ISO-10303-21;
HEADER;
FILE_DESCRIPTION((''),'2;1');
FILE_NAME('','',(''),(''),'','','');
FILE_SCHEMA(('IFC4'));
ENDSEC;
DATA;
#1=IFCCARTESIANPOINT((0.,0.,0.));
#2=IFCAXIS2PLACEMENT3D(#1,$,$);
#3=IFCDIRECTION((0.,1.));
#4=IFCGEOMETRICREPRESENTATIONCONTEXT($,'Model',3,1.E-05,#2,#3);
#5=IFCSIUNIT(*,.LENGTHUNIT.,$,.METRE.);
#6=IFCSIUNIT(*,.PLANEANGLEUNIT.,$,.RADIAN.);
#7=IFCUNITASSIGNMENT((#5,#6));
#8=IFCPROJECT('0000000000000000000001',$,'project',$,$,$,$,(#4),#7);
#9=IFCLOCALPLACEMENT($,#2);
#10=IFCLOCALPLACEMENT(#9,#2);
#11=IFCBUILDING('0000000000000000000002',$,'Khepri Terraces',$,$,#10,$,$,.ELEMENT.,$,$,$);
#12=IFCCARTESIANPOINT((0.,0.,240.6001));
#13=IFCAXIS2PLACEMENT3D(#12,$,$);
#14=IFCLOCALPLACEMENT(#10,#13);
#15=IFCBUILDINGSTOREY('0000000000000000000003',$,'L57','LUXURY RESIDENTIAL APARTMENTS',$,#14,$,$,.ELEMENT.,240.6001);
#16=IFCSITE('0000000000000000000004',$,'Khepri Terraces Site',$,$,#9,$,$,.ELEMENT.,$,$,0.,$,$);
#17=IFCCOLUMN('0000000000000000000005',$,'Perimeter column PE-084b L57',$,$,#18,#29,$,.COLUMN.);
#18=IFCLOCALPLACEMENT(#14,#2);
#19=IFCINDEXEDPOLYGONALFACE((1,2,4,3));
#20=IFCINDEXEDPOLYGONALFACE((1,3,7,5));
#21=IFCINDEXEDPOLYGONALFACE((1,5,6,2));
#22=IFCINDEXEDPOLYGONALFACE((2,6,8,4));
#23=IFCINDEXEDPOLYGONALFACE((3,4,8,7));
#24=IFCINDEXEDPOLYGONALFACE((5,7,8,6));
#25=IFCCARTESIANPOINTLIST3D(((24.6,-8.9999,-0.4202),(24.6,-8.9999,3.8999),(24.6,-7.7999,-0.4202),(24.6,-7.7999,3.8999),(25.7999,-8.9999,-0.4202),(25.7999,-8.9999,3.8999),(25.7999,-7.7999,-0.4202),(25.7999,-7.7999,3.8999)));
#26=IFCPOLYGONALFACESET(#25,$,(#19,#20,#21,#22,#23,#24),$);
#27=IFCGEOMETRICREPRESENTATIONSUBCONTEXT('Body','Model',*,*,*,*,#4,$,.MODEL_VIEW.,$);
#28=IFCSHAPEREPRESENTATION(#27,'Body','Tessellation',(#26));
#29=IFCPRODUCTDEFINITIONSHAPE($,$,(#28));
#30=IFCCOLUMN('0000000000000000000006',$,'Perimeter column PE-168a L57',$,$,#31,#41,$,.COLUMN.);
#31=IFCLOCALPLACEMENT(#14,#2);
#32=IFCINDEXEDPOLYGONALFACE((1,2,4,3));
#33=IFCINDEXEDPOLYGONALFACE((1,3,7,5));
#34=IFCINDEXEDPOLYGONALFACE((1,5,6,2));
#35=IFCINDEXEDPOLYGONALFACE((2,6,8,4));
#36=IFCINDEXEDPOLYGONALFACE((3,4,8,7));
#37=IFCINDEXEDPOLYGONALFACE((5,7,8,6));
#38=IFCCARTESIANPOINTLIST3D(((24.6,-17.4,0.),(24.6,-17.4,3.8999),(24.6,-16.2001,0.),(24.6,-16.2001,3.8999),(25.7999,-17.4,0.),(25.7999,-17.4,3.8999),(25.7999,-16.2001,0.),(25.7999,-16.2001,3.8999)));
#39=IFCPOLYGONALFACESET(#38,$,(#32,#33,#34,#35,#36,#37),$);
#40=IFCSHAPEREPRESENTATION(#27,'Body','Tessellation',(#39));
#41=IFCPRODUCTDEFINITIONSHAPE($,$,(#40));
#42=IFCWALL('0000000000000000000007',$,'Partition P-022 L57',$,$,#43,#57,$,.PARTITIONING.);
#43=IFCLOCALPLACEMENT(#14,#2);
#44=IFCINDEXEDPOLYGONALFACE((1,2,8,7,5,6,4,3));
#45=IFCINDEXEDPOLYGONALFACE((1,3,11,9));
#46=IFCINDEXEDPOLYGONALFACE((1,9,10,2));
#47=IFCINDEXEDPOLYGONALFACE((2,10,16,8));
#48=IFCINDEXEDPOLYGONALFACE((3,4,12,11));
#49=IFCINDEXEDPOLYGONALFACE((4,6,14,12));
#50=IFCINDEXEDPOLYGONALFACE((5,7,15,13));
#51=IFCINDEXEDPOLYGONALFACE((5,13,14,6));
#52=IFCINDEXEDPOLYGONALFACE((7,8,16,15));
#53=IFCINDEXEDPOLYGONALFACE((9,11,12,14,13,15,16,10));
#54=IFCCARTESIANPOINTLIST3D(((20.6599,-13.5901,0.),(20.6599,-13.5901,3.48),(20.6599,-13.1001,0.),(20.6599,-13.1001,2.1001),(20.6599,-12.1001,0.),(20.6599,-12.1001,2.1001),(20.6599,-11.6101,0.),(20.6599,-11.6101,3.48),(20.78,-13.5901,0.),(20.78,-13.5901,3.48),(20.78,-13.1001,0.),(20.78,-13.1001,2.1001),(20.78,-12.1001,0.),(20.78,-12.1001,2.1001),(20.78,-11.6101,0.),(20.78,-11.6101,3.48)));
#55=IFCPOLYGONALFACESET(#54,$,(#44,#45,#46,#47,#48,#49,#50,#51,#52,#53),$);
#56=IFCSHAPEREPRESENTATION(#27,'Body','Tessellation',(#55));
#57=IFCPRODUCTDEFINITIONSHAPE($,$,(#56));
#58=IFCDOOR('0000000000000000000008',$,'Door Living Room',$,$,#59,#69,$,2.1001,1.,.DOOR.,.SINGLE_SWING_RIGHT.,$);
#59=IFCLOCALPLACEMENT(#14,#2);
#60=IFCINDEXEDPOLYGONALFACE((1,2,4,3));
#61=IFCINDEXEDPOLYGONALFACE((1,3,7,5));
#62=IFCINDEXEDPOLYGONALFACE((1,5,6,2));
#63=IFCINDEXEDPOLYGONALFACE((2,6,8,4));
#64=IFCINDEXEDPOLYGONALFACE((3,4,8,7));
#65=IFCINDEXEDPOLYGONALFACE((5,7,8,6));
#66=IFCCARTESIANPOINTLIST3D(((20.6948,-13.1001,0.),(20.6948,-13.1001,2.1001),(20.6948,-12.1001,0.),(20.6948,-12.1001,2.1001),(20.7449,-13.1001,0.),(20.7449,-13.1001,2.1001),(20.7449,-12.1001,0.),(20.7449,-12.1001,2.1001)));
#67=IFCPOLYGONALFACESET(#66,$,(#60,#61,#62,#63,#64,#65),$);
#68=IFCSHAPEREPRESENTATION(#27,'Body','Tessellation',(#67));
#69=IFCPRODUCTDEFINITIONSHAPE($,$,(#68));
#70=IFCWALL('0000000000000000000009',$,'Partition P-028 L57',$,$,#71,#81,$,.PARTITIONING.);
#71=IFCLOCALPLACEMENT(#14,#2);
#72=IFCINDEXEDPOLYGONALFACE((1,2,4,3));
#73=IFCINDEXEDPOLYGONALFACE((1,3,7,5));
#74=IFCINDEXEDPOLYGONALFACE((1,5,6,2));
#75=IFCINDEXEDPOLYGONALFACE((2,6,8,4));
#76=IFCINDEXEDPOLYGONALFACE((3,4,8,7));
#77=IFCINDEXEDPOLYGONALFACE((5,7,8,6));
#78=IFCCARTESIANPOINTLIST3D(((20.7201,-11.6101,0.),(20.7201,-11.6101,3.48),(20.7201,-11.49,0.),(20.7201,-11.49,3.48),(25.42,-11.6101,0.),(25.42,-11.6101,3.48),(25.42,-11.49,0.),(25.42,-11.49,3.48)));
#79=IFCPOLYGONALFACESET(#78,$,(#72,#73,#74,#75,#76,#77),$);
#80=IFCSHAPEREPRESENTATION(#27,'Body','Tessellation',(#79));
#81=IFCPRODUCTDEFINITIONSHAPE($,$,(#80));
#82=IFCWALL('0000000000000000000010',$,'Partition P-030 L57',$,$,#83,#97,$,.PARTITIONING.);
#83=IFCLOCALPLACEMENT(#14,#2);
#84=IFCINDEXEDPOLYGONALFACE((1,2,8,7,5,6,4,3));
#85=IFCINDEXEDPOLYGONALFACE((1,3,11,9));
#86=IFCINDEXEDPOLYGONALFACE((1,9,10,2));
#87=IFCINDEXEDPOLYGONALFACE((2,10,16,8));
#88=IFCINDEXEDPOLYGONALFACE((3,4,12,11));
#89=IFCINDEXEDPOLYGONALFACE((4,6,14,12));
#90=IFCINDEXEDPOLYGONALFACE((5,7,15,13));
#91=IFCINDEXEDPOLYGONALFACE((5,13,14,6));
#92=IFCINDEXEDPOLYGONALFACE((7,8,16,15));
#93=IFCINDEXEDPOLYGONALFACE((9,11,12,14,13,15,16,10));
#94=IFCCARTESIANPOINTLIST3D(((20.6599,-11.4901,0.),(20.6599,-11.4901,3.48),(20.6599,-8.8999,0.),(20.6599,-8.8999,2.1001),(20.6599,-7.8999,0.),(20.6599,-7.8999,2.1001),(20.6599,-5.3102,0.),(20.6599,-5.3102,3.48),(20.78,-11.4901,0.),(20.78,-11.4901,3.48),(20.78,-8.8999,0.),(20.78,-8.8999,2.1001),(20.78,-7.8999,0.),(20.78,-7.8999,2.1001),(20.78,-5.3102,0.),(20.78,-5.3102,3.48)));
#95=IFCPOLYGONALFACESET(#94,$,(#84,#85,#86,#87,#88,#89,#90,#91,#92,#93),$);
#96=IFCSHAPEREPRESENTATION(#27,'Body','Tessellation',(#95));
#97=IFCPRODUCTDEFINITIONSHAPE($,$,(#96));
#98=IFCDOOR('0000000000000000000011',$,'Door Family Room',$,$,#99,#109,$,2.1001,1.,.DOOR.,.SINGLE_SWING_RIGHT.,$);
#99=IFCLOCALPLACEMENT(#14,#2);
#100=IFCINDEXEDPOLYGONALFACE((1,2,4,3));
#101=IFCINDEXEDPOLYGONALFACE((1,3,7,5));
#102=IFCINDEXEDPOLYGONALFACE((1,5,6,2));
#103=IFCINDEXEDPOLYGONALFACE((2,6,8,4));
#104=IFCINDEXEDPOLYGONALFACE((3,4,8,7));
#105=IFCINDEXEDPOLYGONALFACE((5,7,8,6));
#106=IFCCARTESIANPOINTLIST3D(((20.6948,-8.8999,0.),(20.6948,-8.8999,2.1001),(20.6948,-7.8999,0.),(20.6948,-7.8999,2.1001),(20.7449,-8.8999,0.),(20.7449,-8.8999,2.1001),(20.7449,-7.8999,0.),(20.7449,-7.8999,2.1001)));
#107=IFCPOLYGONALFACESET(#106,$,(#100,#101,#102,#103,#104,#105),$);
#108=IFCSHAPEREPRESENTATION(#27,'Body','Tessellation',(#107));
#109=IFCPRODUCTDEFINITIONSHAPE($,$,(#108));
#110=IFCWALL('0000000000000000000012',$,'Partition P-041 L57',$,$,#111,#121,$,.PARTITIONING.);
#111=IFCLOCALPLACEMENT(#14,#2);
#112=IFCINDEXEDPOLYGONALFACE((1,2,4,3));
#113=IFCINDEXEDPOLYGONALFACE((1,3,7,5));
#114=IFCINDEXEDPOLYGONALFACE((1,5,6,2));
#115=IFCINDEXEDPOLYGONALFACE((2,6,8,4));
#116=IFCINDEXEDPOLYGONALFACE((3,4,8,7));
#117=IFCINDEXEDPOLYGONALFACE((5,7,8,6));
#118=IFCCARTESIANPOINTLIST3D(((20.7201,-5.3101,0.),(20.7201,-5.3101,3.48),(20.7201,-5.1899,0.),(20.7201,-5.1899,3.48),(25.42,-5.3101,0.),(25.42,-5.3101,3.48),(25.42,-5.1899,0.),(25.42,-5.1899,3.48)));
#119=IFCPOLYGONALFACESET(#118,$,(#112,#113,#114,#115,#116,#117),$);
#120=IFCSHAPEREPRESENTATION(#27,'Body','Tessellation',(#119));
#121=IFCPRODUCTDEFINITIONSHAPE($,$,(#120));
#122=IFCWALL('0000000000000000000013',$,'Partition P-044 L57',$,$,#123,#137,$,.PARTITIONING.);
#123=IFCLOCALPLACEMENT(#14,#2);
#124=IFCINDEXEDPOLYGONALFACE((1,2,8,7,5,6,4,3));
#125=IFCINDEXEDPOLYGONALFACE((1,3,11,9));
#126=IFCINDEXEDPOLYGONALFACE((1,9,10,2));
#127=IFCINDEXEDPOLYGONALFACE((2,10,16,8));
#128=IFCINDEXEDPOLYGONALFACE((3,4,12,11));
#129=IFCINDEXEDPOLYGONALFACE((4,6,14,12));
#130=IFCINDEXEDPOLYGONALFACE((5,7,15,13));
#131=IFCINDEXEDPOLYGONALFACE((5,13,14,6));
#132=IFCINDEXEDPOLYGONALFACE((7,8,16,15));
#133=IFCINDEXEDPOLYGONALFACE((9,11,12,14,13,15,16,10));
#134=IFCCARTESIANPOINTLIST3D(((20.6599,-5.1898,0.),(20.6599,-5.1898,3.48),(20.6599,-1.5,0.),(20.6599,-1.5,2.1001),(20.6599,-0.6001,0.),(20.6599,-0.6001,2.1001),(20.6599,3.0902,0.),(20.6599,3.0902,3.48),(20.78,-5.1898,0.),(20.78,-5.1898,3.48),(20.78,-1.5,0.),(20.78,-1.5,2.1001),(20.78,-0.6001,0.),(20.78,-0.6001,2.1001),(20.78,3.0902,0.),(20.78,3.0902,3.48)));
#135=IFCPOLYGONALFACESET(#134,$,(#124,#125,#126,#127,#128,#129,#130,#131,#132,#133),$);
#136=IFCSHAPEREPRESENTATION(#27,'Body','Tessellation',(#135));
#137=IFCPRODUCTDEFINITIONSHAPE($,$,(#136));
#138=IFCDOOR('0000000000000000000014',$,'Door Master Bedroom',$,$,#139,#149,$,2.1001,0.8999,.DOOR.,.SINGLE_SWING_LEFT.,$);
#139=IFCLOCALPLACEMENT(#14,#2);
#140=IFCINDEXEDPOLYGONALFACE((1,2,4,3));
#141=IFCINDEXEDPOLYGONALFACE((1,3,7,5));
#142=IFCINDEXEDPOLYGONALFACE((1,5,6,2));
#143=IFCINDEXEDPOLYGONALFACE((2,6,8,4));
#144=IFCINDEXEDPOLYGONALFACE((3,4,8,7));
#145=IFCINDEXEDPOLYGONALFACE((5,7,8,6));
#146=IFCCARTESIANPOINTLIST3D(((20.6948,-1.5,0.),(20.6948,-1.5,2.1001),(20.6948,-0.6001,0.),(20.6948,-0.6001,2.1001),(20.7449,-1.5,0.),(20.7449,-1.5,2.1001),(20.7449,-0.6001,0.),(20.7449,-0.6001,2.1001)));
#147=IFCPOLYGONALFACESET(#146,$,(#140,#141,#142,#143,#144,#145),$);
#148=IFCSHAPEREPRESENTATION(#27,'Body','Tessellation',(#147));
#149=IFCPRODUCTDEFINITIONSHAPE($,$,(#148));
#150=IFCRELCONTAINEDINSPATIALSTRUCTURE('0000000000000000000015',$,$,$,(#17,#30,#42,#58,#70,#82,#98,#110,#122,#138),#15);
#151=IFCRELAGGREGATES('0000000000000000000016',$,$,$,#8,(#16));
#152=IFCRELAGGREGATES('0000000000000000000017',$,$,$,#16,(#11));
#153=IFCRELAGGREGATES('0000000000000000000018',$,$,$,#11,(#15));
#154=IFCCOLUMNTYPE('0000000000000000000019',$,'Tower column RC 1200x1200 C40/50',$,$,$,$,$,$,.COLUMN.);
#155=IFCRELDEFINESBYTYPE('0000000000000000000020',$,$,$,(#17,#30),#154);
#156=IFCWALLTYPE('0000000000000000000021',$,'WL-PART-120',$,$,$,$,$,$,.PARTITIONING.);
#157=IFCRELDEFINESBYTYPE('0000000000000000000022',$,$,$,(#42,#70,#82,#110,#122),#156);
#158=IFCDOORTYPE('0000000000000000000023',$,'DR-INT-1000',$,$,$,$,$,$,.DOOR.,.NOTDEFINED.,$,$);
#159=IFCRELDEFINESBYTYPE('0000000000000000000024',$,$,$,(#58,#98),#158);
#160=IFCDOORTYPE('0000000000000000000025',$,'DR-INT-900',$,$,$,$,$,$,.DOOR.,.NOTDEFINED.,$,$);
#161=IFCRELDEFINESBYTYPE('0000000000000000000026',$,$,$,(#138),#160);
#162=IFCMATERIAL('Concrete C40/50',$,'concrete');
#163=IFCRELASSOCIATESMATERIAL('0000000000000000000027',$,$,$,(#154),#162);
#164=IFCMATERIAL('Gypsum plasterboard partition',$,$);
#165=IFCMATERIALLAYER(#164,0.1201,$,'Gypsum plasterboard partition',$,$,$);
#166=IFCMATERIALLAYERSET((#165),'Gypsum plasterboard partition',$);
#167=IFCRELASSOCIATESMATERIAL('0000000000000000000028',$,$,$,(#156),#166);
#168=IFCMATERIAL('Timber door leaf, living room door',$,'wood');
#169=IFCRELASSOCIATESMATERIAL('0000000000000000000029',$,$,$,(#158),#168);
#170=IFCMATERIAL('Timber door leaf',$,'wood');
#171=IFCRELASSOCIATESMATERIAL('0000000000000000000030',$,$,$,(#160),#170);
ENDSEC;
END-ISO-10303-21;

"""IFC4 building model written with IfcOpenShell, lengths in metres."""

from ifc_helpers import new_model, si_unit, direction, frame, frame_2d, origin, origin_2d, place, context, subcontext, project, spatial, rectangle, extrude, material, layer, layer_set, material_profile, profile_set, type_object, element, fill, save


model = new_model("IFC4")

# Units and contexts
model_context = context("Model", 3, precision=1e-05, world=origin(), true_north=direction((0.0, 1.0)))
body_context = subcontext(model_context, "Body", "Model", "MODEL_VIEW")
ifc_project = project(units=[si_unit("LENGTHUNIT", "METRE"), si_unit("PLANEANGLEUNIT", "RADIAN")], contexts=[model_context])

# Site, building, storey
site_placement = place(None, origin())
site = spatial("IfcSite", under=ifc_project, at=site_placement, Name="Khepri Terraces Site", CompositionType="ELEMENT", RefElevation=0.0)
building_placement = place(site_placement, origin())
building = spatial("IfcBuilding", under=site, at=building_placement, Name="Khepri Terraces", CompositionType="ELEMENT")
storey_placement = place(building_placement, frame((0.0, 0.0, 240.6001)))
storey = spatial("IfcBuildingStorey", under=building, at=storey_placement, Name="L57", Description="LUXURY RESIDENTIAL APARTMENTS", CompositionType="ELEMENT", Elevation=240.6001)

# Columns
ifc_material_1 = material(Name="Concrete C40/50", Category="concrete")
ifc_material_profile = material_profile(ifc_material_1, rectangle(XDim=1.2, YDim=1.2, at=origin_2d()), Name="Concrete C40/50", Category="concrete")
ifc_profile_set = profile_set([ifc_material_profile], Name="Concrete C40/50")
column_type = type_object("IfcColumnType", Name="Tower column RC 1200x1200 C40/50", PredefinedType="COLUMN", material=ifc_profile_set)
column_1_placement = place(storey_placement, frame((25.2, -8.3999, -0.4202), z_axis=(0.0, 0.0, 1.0), x_axis=(1.0, 0.0, 0.0)))
element("IfcColumn", 1, at=column_1_placement, inside=storey, type_object=column_type, Name="Perimeter column PE-084b L57", PredefinedType="COLUMN", context=body_context, shape_type="SweptSolid", body=[
    extrude(rectangle(XDim=1.2, YDim=1.2, at=origin_2d()), origin(), (0.0, 0.0, 1.0), 4.3201),
])
column_2_placement = place(storey_placement, frame((25.2, -16.8, 0.0), z_axis=(0.0, 0.0, 1.0), x_axis=(1.0, 0.0, 0.0)))
element("IfcColumn", 2, at=column_2_placement, inside=storey, type_object=column_type, Name="Perimeter column PE-168a L57", PredefinedType="COLUMN", context=body_context, shape_type="SweptSolid", body=[
    extrude(rectangle(XDim=1.2, YDim=1.2, at=origin_2d()), origin(), (0.0, 0.0, 1.0), 3.8999),
])

# Wall, opening, door
ifc_material_2 = material(Name="Gypsum plasterboard partition")
ifc_layer_1 = layer(ifc_material_2, 0.1201, Name="Gypsum plasterboard partition")
ifc_layer_set_1 = layer_set([ifc_layer_1], Name="Gypsum plasterboard partition")
wall_type_1 = type_object("IfcWallType", Name="WL-PART-120", PredefinedType="PARTITIONING", material=ifc_layer_set_1)
wall_1_placement = place(storey_placement, frame((20.72, -13.5901, 0.0), z_axis=(0.0, 0.0, 1.0), x_axis=(0.0, 1.0, 0.0)))
wall_1 = element("IfcWall", 3, at=wall_1_placement, inside=storey, type_object=wall_type_1, Name="Partition P-022 L57", PredefinedType="PARTITIONING", context=body_context, shape_type="SweptSolid", body=[
    extrude(rectangle(XDim=1.98, YDim=0.1201, at=frame_2d((0.99, 0.0))), origin(), (0.0, 0.0, 1.0), 3.48),
])
opening_1_placement = place(wall_1_placement, frame((0.49, 0.0, 0.0)))
opening_1 = element("IfcOpeningElement", 4, at=opening_1_placement, cuts=wall_1, PredefinedType="OPENING", context=body_context, shape_type="SweptSolid", body=[
    extrude(rectangle(XDim=1.0, YDim=2.1001, at=frame_2d((0.5, 1.05))), frame((0.0, 0.0701, 0.0), z_axis=(0.0, -1.0, 0.0), x_axis=(1.0, 0.0, 0.0)), (0.0, 0.0, 1.0), 0.1401),
])
ifc_material_3 = material(Name="Timber door leaf, living room door", Category="wood")
door_type_1 = type_object("IfcDoorType", Name="DR-INT-1000", OperationType="NOTDEFINED", PredefinedType="DOOR", material=ifc_material_3)
door_1_placement = place(opening_1_placement, frame((1.0, 0.0, 0.0), z_axis=(0.0, 0.0, 1.0), x_axis=(-1.0, 0.0, 0.0)))
door_1 = element("IfcDoor", 5, at=door_1_placement, inside=storey, type_object=door_type_1, Name="Door Living Room", OperationType="SINGLE_SWING_RIGHT", OverallHeight=2.1001, OverallWidth=1.0, PredefinedType="DOOR", context=body_context, shape_type="SweptSolid", body=[
    extrude(rectangle(XDim=1.0, YDim=2.1001, at=frame_2d((0.5, 1.05))), frame((0.0, 0.0249, 0.0), z_axis=(0.0, -1.0, 0.0), x_axis=(1.0, 0.0, 0.0)), (0.0, 0.0, 1.0), 0.05),
])
fill(opening_1, door_1)

# Wall
wall_2_placement = place(storey_placement, frame((20.72, -11.55, 0.0), z_axis=(0.0, 0.0, 1.0), x_axis=(1.0, 0.0, 0.0)))
element("IfcWall", 6, at=wall_2_placement, inside=storey, type_object=wall_type_1, Name="Partition P-028 L57", PredefinedType="PARTITIONING", context=body_context, shape_type="SweptSolid", body=[
    extrude(rectangle(XDim=4.7, YDim=0.1201, at=frame_2d((2.3501, 0.0))), origin(), (0.0, 0.0, 1.0), 3.48),
])

# Wall, opening, door
wall_3_placement = place(storey_placement, frame((20.72, -11.49, 0.0), z_axis=(0.0, 0.0, 1.0), x_axis=(0.0, 1.0, 0.0)))
wall_3 = element("IfcWall", 7, at=wall_3_placement, inside=storey, type_object=wall_type_1, Name="Partition P-030 L57", PredefinedType="PARTITIONING", context=body_context, shape_type="SweptSolid", body=[
    extrude(rectangle(XDim=6.1799, YDim=0.1201, at=frame_2d((3.0898, 0.0))), origin(), (0.0, 0.0, 1.0), 3.48),
])
opening_2_placement = place(wall_3_placement, frame((2.5901, 0.0, 0.0)))
opening_2 = element("IfcOpeningElement", 8, at=opening_2_placement, cuts=wall_3, PredefinedType="OPENING", context=body_context, shape_type="SweptSolid", body=[
    extrude(rectangle(XDim=1.0, YDim=2.1001, at=frame_2d((0.5, 1.05))), frame((0.0, 0.0701, 0.0), z_axis=(0.0, -1.0, 0.0), x_axis=(1.0, 0.0, 0.0)), (0.0, 0.0, 1.0), 0.1401),
])
door_2_placement = place(opening_2_placement, frame((1.0, 0.0, 0.0), z_axis=(0.0, 0.0, 1.0), x_axis=(-1.0, 0.0, 0.0)))
door_2 = element("IfcDoor", 9, at=door_2_placement, inside=storey, type_object=door_type_1, Name="Door Family Room", OperationType="SINGLE_SWING_RIGHT", OverallHeight=2.1001, OverallWidth=1.0, PredefinedType="DOOR", context=body_context, shape_type="SweptSolid", body=[
    extrude(rectangle(XDim=1.0, YDim=2.1001, at=frame_2d((0.5, 1.05))), frame((0.0, 0.0249, 0.0), z_axis=(0.0, -1.0, 0.0), x_axis=(1.0, 0.0, 0.0)), (0.0, 0.0, 1.0), 0.05),
])
fill(opening_2, door_2)

# Wall
wall_4_placement = place(storey_placement, frame((20.72, -5.25, 0.0), z_axis=(0.0, 0.0, 1.0), x_axis=(1.0, 0.0, 0.0)))
element("IfcWall", 10, at=wall_4_placement, inside=storey, type_object=wall_type_1, Name="Partition P-041 L57", PredefinedType="PARTITIONING", context=body_context, shape_type="SweptSolid", body=[
    extrude(rectangle(XDim=4.7, YDim=0.1201, at=frame_2d((2.3501, 0.0))), origin(), (0.0, 0.0, 1.0), 3.48),
])

# Wall, opening, door
wall_5_placement = place(storey_placement, frame((20.72, -5.1899, 0.0), z_axis=(0.0, 0.0, 1.0), x_axis=(0.0, 1.0, 0.0)))
wall_5 = element("IfcWall", 11, at=wall_5_placement, inside=storey, type_object=wall_type_1, Name="Partition P-044 L57", PredefinedType="PARTITIONING", context=body_context, shape_type="SweptSolid", body=[
    extrude(rectangle(XDim=8.28, YDim=0.1201, at=frame_2d((4.1401, 0.0))), origin(), (0.0, 0.0, 1.0), 3.48),
])
opening_3_placement = place(wall_5_placement, frame((3.6899, 0.0, 0.0)))
opening_3 = element("IfcOpeningElement", 12, at=opening_3_placement, cuts=wall_5, PredefinedType="OPENING", context=body_context, shape_type="SweptSolid", body=[
    extrude(rectangle(XDim=0.8999, YDim=2.1001, at=frame_2d((0.45, 1.05))), frame((0.0, 0.0701, 0.0), z_axis=(0.0, -1.0, 0.0), x_axis=(1.0, 0.0, 0.0)), (0.0, 0.0, 1.0), 0.1401),
])
ifc_material_4 = material(Name="Timber door leaf", Category="wood")
door_type_2 = type_object("IfcDoorType", Name="DR-INT-900", OperationType="NOTDEFINED", PredefinedType="DOOR", material=ifc_material_4)
door_3_placement = place(opening_3_placement, frame((0.8999, 0.0, 0.0), z_axis=(0.0, 0.0, 1.0), x_axis=(-1.0, 0.0, 0.0)))
door_3 = element("IfcDoor", 13, at=door_3_placement, inside=storey, type_object=door_type_2, Name="Door Master Bedroom", OperationType="SINGLE_SWING_LEFT", OverallHeight=2.1001, OverallWidth=0.8999, PredefinedType="DOOR", context=body_context, shape_type="SweptSolid", body=[
    extrude(rectangle(XDim=0.8999, YDim=2.1001, at=frame_2d((0.45, 1.05))), frame((0.0, 0.0249, 0.0), z_axis=(0.0, -1.0, 0.0), x_axis=(1.0, 0.0, 0.0)), (0.0, 0.0, 1.0), 0.05),
])
fill(opening_3, door_3)

save(model, "model.ifc")
